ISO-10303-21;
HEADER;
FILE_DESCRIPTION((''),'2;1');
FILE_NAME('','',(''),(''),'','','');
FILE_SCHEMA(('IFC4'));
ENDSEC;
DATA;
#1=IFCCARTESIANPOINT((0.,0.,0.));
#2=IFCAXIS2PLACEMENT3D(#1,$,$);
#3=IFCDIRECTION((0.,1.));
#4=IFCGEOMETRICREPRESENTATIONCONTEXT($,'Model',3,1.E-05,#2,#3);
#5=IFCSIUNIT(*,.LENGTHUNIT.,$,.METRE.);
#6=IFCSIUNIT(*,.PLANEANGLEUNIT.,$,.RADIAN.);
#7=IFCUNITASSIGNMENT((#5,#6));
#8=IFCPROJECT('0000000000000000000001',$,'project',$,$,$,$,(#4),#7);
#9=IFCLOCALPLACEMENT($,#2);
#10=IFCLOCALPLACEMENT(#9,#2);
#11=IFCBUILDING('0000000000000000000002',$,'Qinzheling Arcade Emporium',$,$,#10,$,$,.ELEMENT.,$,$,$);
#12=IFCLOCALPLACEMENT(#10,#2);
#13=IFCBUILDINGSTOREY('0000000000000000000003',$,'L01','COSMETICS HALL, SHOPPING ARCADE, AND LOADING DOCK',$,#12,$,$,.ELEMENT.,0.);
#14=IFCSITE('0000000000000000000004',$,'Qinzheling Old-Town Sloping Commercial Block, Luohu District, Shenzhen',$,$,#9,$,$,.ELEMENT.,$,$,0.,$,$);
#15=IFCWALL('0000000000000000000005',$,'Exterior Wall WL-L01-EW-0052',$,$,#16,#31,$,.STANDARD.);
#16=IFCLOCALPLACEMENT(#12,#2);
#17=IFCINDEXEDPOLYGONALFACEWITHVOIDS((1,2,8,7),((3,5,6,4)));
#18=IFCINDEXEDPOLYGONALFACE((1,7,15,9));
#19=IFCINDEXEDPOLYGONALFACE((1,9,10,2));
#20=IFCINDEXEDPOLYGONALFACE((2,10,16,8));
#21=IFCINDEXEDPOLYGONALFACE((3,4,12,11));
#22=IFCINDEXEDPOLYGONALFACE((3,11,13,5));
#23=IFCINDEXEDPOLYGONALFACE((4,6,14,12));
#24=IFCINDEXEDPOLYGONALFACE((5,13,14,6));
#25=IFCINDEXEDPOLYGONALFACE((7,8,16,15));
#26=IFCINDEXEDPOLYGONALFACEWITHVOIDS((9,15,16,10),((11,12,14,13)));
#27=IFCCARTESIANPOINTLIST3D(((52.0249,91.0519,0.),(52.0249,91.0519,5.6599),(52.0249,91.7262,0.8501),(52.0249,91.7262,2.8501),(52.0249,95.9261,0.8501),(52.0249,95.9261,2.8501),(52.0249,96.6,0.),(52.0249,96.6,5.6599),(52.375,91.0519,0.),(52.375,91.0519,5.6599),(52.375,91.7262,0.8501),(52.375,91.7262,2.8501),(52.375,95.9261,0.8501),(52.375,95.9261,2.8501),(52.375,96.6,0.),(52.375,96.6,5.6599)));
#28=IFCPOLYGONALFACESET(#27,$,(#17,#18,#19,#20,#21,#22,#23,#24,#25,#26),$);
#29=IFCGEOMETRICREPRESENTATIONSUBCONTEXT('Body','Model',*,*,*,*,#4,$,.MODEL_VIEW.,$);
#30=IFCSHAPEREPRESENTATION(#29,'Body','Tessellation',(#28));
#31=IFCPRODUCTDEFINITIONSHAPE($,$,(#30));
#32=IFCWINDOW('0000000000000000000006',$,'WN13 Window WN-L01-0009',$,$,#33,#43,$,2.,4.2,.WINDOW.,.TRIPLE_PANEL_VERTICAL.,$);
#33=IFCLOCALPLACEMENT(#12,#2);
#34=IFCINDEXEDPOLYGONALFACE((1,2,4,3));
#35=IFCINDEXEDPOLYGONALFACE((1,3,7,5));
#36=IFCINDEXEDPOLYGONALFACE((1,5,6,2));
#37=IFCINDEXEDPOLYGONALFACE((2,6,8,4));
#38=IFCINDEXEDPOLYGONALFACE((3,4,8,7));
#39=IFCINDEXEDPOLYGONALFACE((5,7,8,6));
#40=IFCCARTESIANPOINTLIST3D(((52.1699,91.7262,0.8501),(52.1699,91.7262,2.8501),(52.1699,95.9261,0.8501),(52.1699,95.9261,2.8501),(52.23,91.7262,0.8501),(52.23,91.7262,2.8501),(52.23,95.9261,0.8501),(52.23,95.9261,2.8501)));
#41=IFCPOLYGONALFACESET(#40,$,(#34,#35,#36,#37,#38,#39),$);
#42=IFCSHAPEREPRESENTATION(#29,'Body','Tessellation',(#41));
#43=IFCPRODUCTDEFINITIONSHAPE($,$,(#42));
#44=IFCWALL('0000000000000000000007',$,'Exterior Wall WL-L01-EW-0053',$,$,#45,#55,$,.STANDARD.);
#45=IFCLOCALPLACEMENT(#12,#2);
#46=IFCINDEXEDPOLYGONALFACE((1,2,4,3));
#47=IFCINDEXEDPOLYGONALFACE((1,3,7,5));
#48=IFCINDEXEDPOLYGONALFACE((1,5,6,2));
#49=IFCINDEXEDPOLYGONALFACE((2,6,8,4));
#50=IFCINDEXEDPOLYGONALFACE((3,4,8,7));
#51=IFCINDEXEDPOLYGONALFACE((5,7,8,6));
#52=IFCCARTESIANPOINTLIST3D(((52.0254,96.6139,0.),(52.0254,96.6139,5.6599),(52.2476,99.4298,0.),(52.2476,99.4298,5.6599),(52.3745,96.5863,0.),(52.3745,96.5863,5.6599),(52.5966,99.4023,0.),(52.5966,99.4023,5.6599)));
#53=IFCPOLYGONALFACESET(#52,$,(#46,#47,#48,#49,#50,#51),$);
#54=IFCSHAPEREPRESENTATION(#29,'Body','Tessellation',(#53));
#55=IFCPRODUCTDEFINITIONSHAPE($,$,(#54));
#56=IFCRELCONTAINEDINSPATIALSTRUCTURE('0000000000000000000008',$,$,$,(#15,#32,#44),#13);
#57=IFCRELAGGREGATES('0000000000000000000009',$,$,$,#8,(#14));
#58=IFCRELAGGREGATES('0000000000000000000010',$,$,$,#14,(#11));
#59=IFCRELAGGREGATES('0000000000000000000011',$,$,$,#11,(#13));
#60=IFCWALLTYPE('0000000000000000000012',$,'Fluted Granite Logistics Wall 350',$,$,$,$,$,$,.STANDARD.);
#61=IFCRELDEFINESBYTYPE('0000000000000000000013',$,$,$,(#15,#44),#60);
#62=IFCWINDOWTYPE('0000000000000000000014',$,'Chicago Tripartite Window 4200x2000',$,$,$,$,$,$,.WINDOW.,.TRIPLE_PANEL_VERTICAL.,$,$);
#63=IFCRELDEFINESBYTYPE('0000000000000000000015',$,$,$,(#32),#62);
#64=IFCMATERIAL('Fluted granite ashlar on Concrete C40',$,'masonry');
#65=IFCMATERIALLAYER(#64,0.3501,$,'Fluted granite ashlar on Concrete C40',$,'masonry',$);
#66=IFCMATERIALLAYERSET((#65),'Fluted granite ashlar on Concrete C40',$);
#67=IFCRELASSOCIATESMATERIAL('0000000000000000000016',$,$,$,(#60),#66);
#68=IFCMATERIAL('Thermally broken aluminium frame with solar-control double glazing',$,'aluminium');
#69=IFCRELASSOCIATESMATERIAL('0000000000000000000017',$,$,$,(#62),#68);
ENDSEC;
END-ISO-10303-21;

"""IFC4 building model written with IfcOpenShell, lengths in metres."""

from ifc_helpers import new_model, si_unit, direction, frame, frame_2d, origin, place, context, subcontext, project, spatial, rectangle, extrude, material, layer, layer_set, type_object, element, fill, save


model = new_model("IFC4")

# Units and contexts
model_context = context("Model", 3, precision=1e-05, world=origin(), true_north=direction((0.0, 1.0)))
body_context = subcontext(model_context, "Body", "Model", "MODEL_VIEW")
ifc_project = project(units=[si_unit("LENGTHUNIT", "METRE"), si_unit("PLANEANGLEUNIT", "RADIAN")], contexts=[model_context])

# Site, building, storey
site_placement = place(None, origin())
site = spatial("IfcSite", under=ifc_project, at=site_placement, Name="Qinzheling Old-Town Sloping Commercial Block, Luohu District, Shenzhen", CompositionType="ELEMENT", RefElevation=0.0)
building_placement = place(site_placement, origin())
building = spatial("IfcBuilding", under=site, at=building_placement, Name="Qinzheling Arcade Emporium", CompositionType="ELEMENT")
storey_placement = place(building_placement, origin())
storey = spatial("IfcBuildingStorey", under=building, at=storey_placement, Name="L01", Description="COSMETICS HALL, SHOPPING ARCADE, AND LOADING DOCK", CompositionType="ELEMENT", Elevation=0.0)

# Wall, opening, window
ifc_material_1 = material(Name="Fluted granite ashlar on Concrete C40", Category="masonry")
ifc_layer_1 = layer(ifc_material_1, 0.3501, Name="Fluted granite ashlar on Concrete C40", Category="masonry")
ifc_layer_set_1 = layer_set([ifc_layer_1], Name="Fluted granite ashlar on Concrete C40")
wall_type = type_object("IfcWallType", Name="Fluted Granite Logistics Wall 350", PredefinedType="STANDARD", material=ifc_layer_set_1)
wall_1_placement = place(storey_placement, frame((52.2, 91.052, 0.0), z_axis=(0.0, 0.0, 1.0), x_axis=(0.0, 1.0, 0.0)))
wall_1 = element("IfcWall", 1, at=wall_1_placement, inside=storey, type_object=wall_type, Name="Exterior Wall WL-L01-EW-0052", PredefinedType="STANDARD", context=body_context, shape_type="SweptSolid", body=[
    extrude(rectangle(XDim=5.5481, YDim=0.3501, at=frame_2d((2.7739, 0.0))), origin(), (0.0, 0.0, 1.0), 5.6599),
])
opening_placement = place(wall_1_placement, frame((0.6741, 0.0, 0.8501)))
opening = element("IfcOpeningElement", 2, at=opening_placement, cuts=wall_1, PredefinedType="OPENING", context=body_context, shape_type="SweptSolid", body=[
    extrude(rectangle(XDim=4.2, YDim=2.0, at=frame_2d((2.1001, 1.0))), frame((0.0, 0.1851, 0.0), z_axis=(0.0, -1.0, 0.0), x_axis=(1.0, 0.0, 0.0)), (0.0, 0.0, 1.0), 0.3701),
])
ifc_material_2 = material(Name="Thermally broken aluminium frame with solar-control double glazing", Category="aluminium")
window_type = type_object("IfcWindowType", Name="Chicago Tripartite Window 4200x2000", PartitioningType="TRIPLE_PANEL_VERTICAL", PredefinedType="WINDOW", material=ifc_material_2)
window_placement = place(opening_placement, origin())
window = element("IfcWindow", 3, at=window_placement, inside=storey, type_object=window_type, Name="WN13 Window WN-L01-0009", OverallHeight=2.0, OverallWidth=4.2, PartitioningType="TRIPLE_PANEL_VERTICAL", PredefinedType="WINDOW", context=body_context, shape_type="SweptSolid", body=[
    extrude(rectangle(XDim=4.2, YDim=2.0, at=frame_2d((2.1001, 1.0))), frame((0.0, 0.03, 0.0), z_axis=(0.0, -1.0, 0.0), x_axis=(1.0, 0.0, 0.0)), (0.0, 0.0, 1.0), 0.0601),
])
fill(opening, window)

# Wall
wall_2_placement = place(storey_placement, frame((52.2, 96.6001, 0.0), z_axis=(0.0, 0.0, 1.0), x_axis=(0.078653, 0.996902, 0.0)))
element("IfcWall", 4, at=wall_2_placement, inside=storey, type_object=wall_type, Name="Exterior Wall WL-L01-EW-0053", PredefinedType="STANDARD", context=body_context, shape_type="SweptSolid", body=[
    extrude(rectangle(XDim=2.8247, YDim=0.3501, at=frame_2d((1.4124, 0.0))), origin(), (0.0, 0.0, 1.0), 5.6599),
])

save(model, "model.ifc")
